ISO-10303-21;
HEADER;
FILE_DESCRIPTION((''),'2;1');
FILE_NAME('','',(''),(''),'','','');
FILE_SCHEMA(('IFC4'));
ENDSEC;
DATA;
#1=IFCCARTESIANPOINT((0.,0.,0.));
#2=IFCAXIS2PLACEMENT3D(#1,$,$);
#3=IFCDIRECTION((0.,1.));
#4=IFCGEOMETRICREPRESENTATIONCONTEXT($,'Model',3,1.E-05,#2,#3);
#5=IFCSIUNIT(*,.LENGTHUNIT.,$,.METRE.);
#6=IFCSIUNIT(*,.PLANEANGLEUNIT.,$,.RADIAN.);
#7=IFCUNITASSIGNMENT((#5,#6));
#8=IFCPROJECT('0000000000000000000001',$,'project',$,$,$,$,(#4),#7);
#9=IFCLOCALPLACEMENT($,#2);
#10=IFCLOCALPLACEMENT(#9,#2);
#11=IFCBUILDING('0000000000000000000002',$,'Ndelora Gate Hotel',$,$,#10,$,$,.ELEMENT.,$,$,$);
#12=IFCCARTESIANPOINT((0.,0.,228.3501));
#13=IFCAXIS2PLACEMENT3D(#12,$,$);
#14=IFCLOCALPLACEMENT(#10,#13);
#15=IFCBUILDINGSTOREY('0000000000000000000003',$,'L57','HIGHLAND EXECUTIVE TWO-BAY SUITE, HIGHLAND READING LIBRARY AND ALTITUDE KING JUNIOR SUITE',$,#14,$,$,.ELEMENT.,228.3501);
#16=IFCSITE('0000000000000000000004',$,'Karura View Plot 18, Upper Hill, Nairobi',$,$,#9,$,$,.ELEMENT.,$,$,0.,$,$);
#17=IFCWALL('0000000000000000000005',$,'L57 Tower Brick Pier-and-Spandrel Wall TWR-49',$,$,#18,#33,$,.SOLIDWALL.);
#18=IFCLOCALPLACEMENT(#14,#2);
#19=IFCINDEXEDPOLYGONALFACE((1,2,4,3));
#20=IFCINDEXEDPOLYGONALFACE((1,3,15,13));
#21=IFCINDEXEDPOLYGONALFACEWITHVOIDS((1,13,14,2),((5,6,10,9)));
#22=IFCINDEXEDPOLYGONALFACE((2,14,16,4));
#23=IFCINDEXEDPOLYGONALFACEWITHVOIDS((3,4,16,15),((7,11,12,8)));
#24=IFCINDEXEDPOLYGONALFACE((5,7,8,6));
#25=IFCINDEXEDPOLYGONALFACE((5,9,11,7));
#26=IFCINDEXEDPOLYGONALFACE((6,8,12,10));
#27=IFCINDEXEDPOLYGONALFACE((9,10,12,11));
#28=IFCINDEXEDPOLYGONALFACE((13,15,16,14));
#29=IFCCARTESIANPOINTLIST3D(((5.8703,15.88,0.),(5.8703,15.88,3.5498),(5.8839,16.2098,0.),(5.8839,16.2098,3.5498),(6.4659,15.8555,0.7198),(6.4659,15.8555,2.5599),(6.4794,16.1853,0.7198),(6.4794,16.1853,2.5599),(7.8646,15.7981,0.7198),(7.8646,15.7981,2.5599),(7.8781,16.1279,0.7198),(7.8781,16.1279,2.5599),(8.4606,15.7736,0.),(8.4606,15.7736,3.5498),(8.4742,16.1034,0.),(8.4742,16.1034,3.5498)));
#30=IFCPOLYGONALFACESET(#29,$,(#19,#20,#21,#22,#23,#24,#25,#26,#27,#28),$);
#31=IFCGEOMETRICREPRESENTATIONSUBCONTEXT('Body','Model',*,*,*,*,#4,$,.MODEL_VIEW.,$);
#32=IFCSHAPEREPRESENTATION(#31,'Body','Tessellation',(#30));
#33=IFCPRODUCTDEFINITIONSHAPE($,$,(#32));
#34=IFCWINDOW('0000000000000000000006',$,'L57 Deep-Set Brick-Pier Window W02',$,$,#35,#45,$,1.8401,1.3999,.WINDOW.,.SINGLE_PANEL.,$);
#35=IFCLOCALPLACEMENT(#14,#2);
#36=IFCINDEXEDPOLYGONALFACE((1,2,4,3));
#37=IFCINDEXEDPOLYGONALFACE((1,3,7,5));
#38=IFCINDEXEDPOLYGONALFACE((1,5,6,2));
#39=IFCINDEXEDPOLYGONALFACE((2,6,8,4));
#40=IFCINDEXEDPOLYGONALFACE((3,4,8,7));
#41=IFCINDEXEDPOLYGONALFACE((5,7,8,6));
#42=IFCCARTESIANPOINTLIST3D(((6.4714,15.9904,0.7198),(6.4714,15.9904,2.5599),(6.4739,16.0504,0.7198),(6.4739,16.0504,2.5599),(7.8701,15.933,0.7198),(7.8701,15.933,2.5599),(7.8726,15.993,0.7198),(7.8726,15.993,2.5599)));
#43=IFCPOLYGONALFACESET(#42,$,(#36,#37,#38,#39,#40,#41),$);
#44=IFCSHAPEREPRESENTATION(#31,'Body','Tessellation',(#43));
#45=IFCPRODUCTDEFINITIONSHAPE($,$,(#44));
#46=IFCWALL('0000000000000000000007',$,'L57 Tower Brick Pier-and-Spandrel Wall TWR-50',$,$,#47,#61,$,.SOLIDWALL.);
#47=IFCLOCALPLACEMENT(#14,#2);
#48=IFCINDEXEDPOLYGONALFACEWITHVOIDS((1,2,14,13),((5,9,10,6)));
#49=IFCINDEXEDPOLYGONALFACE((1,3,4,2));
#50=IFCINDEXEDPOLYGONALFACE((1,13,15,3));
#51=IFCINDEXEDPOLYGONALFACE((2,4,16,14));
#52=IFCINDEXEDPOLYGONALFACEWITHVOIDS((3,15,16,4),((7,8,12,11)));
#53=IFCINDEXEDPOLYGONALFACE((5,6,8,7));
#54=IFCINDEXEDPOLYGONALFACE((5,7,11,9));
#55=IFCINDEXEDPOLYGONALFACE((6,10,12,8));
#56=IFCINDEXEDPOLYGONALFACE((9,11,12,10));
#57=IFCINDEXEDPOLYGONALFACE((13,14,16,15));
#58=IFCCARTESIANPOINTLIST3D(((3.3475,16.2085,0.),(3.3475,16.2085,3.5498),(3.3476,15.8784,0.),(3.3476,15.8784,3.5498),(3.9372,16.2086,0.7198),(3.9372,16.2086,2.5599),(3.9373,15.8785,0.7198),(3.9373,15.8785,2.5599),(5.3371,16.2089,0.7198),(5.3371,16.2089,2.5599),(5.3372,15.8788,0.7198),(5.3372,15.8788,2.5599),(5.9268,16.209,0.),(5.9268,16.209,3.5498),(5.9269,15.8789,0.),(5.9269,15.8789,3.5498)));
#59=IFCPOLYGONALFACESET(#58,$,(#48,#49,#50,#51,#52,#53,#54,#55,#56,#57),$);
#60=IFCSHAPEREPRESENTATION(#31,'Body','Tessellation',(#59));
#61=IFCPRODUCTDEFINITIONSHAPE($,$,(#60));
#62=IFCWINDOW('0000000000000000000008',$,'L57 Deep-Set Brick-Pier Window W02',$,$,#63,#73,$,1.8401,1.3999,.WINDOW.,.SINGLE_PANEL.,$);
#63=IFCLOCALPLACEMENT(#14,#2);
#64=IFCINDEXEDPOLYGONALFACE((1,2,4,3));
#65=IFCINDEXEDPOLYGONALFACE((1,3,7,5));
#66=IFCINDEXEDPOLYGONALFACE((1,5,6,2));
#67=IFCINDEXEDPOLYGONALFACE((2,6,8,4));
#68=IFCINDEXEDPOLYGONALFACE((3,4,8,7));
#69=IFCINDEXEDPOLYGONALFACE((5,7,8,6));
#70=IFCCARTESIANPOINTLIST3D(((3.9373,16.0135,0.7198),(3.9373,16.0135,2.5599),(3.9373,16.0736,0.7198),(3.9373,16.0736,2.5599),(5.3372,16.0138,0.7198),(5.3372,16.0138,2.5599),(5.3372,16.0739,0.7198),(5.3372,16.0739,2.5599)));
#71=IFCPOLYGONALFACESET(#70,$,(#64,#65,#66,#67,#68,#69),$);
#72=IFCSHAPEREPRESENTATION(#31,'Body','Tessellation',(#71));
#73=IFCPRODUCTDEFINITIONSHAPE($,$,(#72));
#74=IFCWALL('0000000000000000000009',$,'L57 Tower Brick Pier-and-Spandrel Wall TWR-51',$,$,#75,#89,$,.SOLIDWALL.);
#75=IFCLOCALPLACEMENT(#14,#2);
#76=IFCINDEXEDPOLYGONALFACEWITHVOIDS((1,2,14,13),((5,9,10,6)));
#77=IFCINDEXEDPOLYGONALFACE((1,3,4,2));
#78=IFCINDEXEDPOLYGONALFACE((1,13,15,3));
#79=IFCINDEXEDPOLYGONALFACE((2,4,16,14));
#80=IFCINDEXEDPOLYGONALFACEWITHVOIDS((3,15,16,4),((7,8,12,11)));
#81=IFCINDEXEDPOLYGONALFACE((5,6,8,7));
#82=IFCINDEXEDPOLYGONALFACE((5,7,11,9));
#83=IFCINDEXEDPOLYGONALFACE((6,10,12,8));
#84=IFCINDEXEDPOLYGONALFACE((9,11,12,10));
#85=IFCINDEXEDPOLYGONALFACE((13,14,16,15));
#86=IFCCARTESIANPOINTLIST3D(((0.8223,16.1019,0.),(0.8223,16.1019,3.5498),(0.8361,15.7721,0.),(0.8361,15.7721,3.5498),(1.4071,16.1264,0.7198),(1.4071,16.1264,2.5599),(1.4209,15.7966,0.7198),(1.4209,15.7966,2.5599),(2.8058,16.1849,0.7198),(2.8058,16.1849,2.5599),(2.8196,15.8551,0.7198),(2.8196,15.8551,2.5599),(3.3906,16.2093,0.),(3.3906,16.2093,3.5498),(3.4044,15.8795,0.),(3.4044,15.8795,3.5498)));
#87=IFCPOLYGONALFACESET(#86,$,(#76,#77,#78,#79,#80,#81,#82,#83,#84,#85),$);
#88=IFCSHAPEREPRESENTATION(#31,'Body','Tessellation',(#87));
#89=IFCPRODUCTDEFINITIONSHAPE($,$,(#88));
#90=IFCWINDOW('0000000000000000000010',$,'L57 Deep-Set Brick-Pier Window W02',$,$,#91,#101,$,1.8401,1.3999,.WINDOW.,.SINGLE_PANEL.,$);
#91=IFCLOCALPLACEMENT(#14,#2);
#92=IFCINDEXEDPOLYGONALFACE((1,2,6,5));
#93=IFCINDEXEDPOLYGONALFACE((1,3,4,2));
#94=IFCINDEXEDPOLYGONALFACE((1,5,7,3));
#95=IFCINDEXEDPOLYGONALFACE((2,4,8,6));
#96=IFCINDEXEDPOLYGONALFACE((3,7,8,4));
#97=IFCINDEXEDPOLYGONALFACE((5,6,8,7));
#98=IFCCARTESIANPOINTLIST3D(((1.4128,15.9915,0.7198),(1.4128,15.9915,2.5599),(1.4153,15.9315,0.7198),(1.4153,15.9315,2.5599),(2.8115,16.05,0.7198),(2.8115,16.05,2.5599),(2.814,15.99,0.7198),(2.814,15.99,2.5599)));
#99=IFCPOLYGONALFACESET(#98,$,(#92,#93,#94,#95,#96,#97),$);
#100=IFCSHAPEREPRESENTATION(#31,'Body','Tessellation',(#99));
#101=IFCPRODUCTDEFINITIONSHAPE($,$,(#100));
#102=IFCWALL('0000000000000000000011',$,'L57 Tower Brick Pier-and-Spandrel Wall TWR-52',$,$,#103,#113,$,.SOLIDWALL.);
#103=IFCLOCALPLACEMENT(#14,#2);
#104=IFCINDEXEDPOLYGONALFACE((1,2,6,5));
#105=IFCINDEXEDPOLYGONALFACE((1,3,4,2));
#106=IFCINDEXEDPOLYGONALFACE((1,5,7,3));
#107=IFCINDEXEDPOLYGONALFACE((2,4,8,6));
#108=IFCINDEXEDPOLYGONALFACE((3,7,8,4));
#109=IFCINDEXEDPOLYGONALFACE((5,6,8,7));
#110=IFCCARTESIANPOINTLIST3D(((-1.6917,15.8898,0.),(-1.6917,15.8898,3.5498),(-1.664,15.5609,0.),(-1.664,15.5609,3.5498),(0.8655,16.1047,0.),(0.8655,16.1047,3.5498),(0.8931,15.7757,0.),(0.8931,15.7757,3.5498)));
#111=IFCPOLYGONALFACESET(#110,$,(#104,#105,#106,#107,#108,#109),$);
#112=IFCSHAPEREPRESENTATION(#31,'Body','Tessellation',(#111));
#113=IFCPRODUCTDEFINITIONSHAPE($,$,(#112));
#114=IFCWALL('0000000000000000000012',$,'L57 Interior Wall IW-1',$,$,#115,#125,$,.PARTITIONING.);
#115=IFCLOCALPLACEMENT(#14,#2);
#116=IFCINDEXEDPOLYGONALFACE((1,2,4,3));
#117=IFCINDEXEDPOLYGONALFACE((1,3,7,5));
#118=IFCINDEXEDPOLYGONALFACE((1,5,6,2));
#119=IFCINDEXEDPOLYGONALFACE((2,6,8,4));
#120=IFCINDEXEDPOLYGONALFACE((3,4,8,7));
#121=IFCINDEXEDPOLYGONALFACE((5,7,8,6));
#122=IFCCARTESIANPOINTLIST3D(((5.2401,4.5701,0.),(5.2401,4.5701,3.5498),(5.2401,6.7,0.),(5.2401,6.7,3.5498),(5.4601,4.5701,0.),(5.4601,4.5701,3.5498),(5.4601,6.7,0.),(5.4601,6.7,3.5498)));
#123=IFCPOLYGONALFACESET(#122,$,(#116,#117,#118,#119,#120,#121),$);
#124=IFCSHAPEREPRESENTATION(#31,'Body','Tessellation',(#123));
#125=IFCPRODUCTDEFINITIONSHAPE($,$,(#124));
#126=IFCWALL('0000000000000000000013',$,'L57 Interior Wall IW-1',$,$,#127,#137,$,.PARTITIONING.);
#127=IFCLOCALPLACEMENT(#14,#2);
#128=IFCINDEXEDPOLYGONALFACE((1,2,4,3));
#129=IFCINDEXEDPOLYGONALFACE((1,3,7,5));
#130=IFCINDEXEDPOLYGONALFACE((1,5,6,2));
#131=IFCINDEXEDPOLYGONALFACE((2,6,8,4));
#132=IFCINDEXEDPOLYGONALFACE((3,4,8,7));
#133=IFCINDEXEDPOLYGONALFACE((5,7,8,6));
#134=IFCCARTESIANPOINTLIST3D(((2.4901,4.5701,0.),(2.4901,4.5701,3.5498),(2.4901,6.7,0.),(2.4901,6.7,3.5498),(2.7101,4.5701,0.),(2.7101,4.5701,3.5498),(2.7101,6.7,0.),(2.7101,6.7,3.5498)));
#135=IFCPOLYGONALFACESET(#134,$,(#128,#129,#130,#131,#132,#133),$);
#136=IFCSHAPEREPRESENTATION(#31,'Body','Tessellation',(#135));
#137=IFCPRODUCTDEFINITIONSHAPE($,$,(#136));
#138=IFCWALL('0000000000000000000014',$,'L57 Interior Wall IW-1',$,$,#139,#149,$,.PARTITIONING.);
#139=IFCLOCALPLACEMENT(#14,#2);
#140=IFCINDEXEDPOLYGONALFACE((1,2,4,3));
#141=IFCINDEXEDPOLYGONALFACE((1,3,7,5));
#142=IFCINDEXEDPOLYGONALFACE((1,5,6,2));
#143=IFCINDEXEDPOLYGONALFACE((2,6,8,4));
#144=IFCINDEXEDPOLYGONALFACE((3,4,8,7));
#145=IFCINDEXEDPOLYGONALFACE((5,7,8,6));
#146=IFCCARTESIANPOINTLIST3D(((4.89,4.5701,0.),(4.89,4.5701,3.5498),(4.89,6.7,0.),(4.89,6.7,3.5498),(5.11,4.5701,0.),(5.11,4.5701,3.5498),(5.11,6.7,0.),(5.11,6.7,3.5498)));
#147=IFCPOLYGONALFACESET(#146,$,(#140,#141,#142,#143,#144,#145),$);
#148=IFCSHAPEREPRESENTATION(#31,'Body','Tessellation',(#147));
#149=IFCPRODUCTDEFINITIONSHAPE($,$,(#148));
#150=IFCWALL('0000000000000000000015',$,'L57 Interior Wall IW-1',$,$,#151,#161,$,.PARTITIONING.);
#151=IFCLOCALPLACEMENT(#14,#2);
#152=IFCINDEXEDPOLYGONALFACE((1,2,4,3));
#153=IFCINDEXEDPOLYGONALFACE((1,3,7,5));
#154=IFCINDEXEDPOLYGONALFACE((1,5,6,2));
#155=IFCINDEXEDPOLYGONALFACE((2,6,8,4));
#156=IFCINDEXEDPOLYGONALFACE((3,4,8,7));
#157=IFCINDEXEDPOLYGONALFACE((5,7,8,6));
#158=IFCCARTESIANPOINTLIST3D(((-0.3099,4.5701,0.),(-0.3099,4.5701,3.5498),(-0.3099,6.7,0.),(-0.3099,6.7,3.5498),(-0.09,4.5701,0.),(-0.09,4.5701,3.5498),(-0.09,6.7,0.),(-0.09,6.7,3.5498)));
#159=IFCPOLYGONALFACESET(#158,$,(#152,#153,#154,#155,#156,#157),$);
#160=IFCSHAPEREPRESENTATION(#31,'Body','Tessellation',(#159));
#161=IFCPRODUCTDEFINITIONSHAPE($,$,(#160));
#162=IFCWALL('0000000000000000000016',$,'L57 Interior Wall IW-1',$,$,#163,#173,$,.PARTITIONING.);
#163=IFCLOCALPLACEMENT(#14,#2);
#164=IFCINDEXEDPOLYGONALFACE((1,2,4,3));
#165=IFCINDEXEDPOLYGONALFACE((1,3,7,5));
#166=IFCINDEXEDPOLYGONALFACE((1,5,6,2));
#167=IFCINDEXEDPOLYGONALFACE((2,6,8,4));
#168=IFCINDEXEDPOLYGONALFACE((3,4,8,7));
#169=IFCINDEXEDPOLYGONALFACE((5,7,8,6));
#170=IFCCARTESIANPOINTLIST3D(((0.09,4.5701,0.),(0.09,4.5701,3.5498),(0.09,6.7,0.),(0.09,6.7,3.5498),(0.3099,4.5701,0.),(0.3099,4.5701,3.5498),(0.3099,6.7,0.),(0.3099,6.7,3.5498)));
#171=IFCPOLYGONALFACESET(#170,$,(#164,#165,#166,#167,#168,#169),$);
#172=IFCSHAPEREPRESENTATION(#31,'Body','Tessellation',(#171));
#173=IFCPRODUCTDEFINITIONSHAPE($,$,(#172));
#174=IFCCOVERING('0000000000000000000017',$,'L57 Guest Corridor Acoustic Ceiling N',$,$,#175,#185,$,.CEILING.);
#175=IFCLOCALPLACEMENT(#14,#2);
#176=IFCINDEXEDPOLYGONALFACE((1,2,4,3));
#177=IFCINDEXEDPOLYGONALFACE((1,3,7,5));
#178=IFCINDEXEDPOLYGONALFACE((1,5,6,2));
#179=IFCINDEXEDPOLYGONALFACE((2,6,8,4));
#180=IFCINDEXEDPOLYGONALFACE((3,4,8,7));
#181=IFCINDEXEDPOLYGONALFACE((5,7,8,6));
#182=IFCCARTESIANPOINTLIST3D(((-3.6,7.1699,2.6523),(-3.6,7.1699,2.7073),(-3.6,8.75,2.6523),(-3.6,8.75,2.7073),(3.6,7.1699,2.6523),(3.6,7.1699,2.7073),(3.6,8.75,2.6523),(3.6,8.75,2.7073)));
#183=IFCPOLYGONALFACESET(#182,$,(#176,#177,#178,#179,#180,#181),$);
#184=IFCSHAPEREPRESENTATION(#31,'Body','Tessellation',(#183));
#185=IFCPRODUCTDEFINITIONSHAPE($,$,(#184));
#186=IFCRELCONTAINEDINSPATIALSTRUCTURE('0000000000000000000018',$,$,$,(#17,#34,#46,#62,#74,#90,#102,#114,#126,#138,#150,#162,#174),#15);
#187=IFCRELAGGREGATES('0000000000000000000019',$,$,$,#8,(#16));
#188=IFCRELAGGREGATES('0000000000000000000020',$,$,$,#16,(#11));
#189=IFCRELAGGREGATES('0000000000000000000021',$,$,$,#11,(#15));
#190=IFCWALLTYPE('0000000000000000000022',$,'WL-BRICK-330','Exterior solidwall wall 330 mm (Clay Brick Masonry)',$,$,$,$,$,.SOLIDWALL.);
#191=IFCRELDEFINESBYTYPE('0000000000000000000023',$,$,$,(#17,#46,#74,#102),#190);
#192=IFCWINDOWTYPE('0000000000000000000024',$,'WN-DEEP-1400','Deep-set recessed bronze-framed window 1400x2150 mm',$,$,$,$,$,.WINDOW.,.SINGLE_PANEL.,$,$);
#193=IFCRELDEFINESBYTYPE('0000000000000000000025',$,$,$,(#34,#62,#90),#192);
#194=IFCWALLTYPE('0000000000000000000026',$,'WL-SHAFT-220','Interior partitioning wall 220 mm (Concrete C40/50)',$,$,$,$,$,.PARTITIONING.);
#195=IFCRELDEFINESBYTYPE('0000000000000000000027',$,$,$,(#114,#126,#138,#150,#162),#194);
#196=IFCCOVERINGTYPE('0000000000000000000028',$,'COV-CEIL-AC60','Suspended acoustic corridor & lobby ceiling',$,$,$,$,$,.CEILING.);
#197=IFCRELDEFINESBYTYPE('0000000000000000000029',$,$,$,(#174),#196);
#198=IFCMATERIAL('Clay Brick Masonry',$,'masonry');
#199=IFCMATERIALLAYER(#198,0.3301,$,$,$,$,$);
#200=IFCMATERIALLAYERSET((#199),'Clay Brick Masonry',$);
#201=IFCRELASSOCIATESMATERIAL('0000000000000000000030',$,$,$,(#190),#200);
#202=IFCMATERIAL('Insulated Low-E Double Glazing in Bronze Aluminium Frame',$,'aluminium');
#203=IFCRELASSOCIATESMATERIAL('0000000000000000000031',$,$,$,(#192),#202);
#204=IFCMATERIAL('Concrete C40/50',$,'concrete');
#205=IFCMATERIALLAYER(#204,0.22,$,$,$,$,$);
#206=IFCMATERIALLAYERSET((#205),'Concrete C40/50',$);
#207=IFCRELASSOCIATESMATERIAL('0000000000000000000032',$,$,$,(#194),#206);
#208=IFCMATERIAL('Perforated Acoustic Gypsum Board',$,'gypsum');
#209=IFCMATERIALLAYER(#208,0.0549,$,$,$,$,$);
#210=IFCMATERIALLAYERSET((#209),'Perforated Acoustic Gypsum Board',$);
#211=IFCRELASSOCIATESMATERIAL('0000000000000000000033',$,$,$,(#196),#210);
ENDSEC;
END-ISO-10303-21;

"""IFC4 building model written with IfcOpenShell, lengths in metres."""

from ifc_helpers import new_model, si_unit, direction, frame, frame_2d, origin, origin_2d, place, context, subcontext, project, spatial, rectangle, extrude, material, layer, layer_set, type_object, element, fill, save


model = new_model("IFC4")

# Units and contexts
model_context = context("Model", 3, precision=1e-05, world=origin(), true_north=direction((0.0, 1.0)))
body_context = subcontext(model_context, "Body", "Model", "MODEL_VIEW")
ifc_project = project(units=[si_unit("LENGTHUNIT", "METRE"), si_unit("PLANEANGLEUNIT", "RADIAN")], contexts=[model_context])

# Site, building, storey
site_placement = place(None, origin())
site = spatial("IfcSite", under=ifc_project, at=site_placement, Name="Karura View Plot 18, Upper Hill, Nairobi", CompositionType="ELEMENT", RefElevation=0.0)
building_placement = place(site_placement, origin())
building = spatial("IfcBuilding", under=site, at=building_placement, Name="Ndelora Gate Hotel", CompositionType="ELEMENT")
storey_placement = place(building_placement, frame((0.0, 0.0, 228.3501)))
storey = spatial("IfcBuildingStorey", under=building, at=storey_placement, Name="L57", Description="HIGHLAND EXECUTIVE TWO-BAY SUITE, HIGHLAND READING LIBRARY AND ALTITUDE KING JUNIOR SUITE", CompositionType="ELEMENT", Elevation=228.3501)

# Walls, openings, windows
ifc_material_1 = material(Name="Clay Brick Masonry", Category="masonry")
ifc_layer_1 = layer(ifc_material_1, 0.3301)
ifc_layer_set_1 = layer_set([ifc_layer_1], Name="Clay Brick Masonry")
wall_type_1 = type_object("IfcWallType", Name="WL-BRICK-330", Description="Exterior solidwall wall 330 mm (Clay Brick Masonry)", PredefinedType="SOLIDWALL", material=ifc_layer_set_1)
wall_1_placement = place(storey_placement, frame((5.877, 16.0449, 0.0), z_axis=(0.0, 0.0, 1.0), x_axis=(0.999157, -0.041059, 0.0)))
wall_1 = element("IfcWall", 1, at=wall_1_placement, inside=storey, type_object=wall_type_1, Name="L57 Tower Brick Pier-and-Spandrel Wall TWR-49", PredefinedType="SOLIDWALL", context=body_context, shape_type="SweptSolid", body=[
    extrude(rectangle(XDim=2.5925, YDim=0.3301, at=frame_2d((1.2964, 0.0))), origin(), (0.0, 0.0, 1.0), 3.5498),
])
opening_1_placement = place(wall_1_placement, frame((0.5962, 0.0, 0.72)))
opening_1 = element("IfcOpeningElement", 2, at=opening_1_placement, cuts=wall_1, PredefinedType="OPENING", context=body_context, shape_type="SweptSolid", body=[
    extrude(rectangle(XDim=1.3999, YDim=1.8401, at=frame_2d((0.7, 0.9199))), frame((0.0, 0.175, 0.0), z_axis=(0.0, -1.0, 0.0), x_axis=(1.0, 0.0, 0.0)), (0.0, 0.0, 1.0), 0.3501),
])
ifc_material_2 = material(Name="Insulated Low-E Double Glazing in Bronze Aluminium Frame", Category="aluminium")
window_type = type_object("IfcWindowType", Name="WN-DEEP-1400", Description="Deep-set recessed bronze-framed window 1400x2150 mm", PartitioningType="SINGLE_PANEL", PredefinedType="WINDOW", material=ifc_material_2)
window_1_placement = place(opening_1_placement, origin())
window_1 = element("IfcWindow", 3, at=window_1_placement, inside=storey, type_object=window_type, Name="L57 Deep-Set Brick-Pier Window W02", OverallHeight=1.8401, OverallWidth=1.3999, PartitioningType="SINGLE_PANEL", PredefinedType="WINDOW", context=body_context, shape_type="SweptSolid", body=[
    extrude(rectangle(XDim=1.3999, YDim=1.8401, at=frame_2d((0.7, 0.9199))), frame((0.0, 0.03, 0.0), z_axis=(0.0, -1.0, 0.0), x_axis=(1.0, 0.0, 0.0)), (0.0, 0.0, 1.0), 0.0601),
])
fill(opening_1, window_1)
wall_2_placement = place(storey_placement, frame((3.3477, 16.0435, 0.0), z_axis=(0.0, 0.0, 1.0), x_axis=(1.0, 0.000189, 0.0)))
wall_2 = element("IfcWall", 4, at=wall_2_placement, inside=storey, type_object=wall_type_1, Name="L57 Tower Brick Pier-and-Spandrel Wall TWR-50", PredefinedType="SOLIDWALL", context=body_context, shape_type="SweptSolid", body=[
    extrude(rectangle(XDim=2.5793, YDim=0.3301, at=frame_2d((1.2896, 0.0))), origin(), (0.0, 0.0, 1.0), 3.5498),
])
opening_2_placement = place(wall_2_placement, frame((0.5896, 0.0, 0.72)))
opening_2 = element("IfcOpeningElement", 5, at=opening_2_placement, cuts=wall_2, PredefinedType="OPENING", context=body_context, shape_type="SweptSolid", body=[
    extrude(rectangle(XDim=1.3999, YDim=1.8401, at=frame_2d((0.7, 0.9199))), frame((0.0, 0.175, 0.0), z_axis=(0.0, -1.0, 0.0), x_axis=(1.0, 0.0, 0.0)), (0.0, 0.0, 1.0), 0.3501),
])
window_2_placement = place(opening_2_placement, origin())
window_2 = element("IfcWindow", 6, at=window_2_placement, inside=storey, type_object=window_type, Name="L57 Deep-Set Brick-Pier Window W02", OverallHeight=1.8401, OverallWidth=1.3999, PartitioningType="SINGLE_PANEL", PredefinedType="WINDOW", context=body_context, shape_type="SweptSolid", body=[
    extrude(rectangle(XDim=1.3999, YDim=1.8401, at=frame_2d((0.7, 0.9199))), frame((0.0, 0.03, 0.0), z_axis=(0.0, -1.0, 0.0), x_axis=(1.0, 0.0, 0.0)), (0.0, 0.0, 1.0), 0.0601),
])
fill(opening_2, window_2)
wall_3_placement = place(storey_placement, frame((0.8293, 15.937, 0.0), z_axis=(0.0, 0.0, 1.0), x_axis=(0.999126, 0.041789, 0.0)))
wall_3 = element("IfcWall", 7, at=wall_3_placement, inside=storey, type_object=wall_type_1, Name="L57 Tower Brick Pier-and-Spandrel Wall TWR-51", PredefinedType="SOLIDWALL", context=body_context, shape_type="SweptSolid", body=[
    extrude(rectangle(XDim=2.5706, YDim=0.3301, at=frame_2d((1.2852, 0.0))), origin(), (0.0, 0.0, 1.0), 3.5498),
])
opening_3_placement = place(wall_3_placement, frame((0.5852, 0.0, 0.72)))
opening_3 = element("IfcOpeningElement", 8, at=opening_3_placement, cuts=wall_3, PredefinedType="OPENING", context=body_context, shape_type="SweptSolid", body=[
    extrude(rectangle(XDim=1.3999, YDim=1.8401, at=frame_2d((0.7, 0.9199))), frame((0.0, 0.175, 0.0), z_axis=(0.0, -1.0, 0.0), x_axis=(1.0, 0.0, 0.0)), (0.0, 0.0, 1.0), 0.3501),
])
window_3_placement = place(opening_3_placement, origin())
window_3 = element("IfcWindow", 9, at=window_3_placement, inside=storey, type_object=window_type, Name="L57 Deep-Set Brick-Pier Window W02", OverallHeight=1.8401, OverallWidth=1.3999, PartitioningType="SINGLE_PANEL", PredefinedType="WINDOW", context=body_context, shape_type="SweptSolid", body=[
    extrude(rectangle(XDim=1.3999, YDim=1.8401, at=frame_2d((0.7, 0.9199))), frame((0.0, 0.03, 0.0), z_axis=(0.0, -1.0, 0.0), x_axis=(1.0, 0.0, 0.0)), (0.0, 0.0, 1.0), 0.0601),
])
fill(opening_3, window_3)

# Wall
wall_4_placement = place(storey_placement, frame((-1.678, 15.7253, 0.0), z_axis=(0.0, 0.0, 1.0), x_axis=(0.996489, 0.083723, 0.0)))
element("IfcWall", 10, at=wall_4_placement, inside=storey, type_object=wall_type_1, Name="L57 Tower Brick Pier-and-Spandrel Wall TWR-52", PredefinedType="SOLIDWALL", context=body_context, shape_type="SweptSolid", body=[
    extrude(rectangle(XDim=2.5662, YDim=0.3301, at=frame_2d((1.2832, 0.0))), origin(), (0.0, 0.0, 1.0), 3.5498),
])

# Shared definitions
ifc_material_3 = material(Name="Concrete C40/50", Category="concrete")
ifc_layer_2 = layer(ifc_material_3, 0.22)
ifc_layer_set_2 = layer_set([ifc_layer_2], Name="Concrete C40/50")
wall_type_2 = type_object("IfcWallType", Name="WL-SHAFT-220", Description="Interior partitioning wall 220 mm (Concrete C40/50)", PredefinedType="PARTITIONING", material=ifc_layer_set_2)

# Walls
for number, where, z_axis, x_axis, name in (
    (11, (5.3501, 4.5701, 0.0), (0.0, 0.0, 1.0), (0.0, 1.0, 0.0), "L57 Interior Wall IW-1"),
    (12, (2.6001, 4.5701, 0.0), (0.0, 0.0, 1.0), (0.0, 1.0, 0.0), "L57 Interior Wall IW-1"),
    (13, (5.0, 4.5701, 0.0), (0.0, 0.0, 1.0), (0.0, 1.0, 0.0), "L57 Interior Wall IW-1"),
    (14, (-0.2, 4.5701, 0.0), (0.0, 0.0, 1.0), (0.0, 1.0, 0.0), "L57 Interior Wall IW-1"),
    (15, (0.2, 4.5701, 0.0), (0.0, 0.0, 1.0), (0.0, 1.0, 0.0), "L57 Interior Wall IW-1"),
):
    element("IfcWall", number, at=place(storey_placement, frame(where, z_axis=z_axis, x_axis=x_axis)), inside=storey, type_object=wall_type_2, Name=name, PredefinedType="PARTITIONING", context=body_context, shape_type="SweptSolid", body=[
        extrude(rectangle(XDim=2.1299, YDim=0.22, at=frame_2d((1.0649, 0.0))), origin(), (0.0, 0.0, 1.0), 3.5498),
    ])

# Covering
ifc_material_4 = material(Name="Perforated Acoustic Gypsum Board", Category="gypsum")
ifc_layer_3 = layer(ifc_material_4, 0.0549)
ifc_layer_set_3 = layer_set([ifc_layer_3], Name="Perforated Acoustic Gypsum Board")
covering_type_1 = type_object("IfcCoveringType", Name="COV-CEIL-AC60", Description="Suspended acoustic corridor & lobby ceiling", PredefinedType="CEILING", material=ifc_layer_set_3)
covering_1_placement = place(storey_placement, frame((0.0, 7.96, 2.6523), z_axis=(0.0, 0.0, 1.0), x_axis=(1.0, 0.0, 0.0)))
element("IfcCovering", 16, at=covering_1_placement, inside=storey, type_object=covering_type_1, Name="L57 Guest Corridor Acoustic Ceiling N", PredefinedType="CEILING", context=body_context, shape_type="SweptSolid", body=[
    extrude(rectangle(XDim=7.2, YDim=1.5801, at=origin_2d()), origin(), (0.0, 0.0, 1.0), 0.0549),
])

save(model, "model.ifc")
